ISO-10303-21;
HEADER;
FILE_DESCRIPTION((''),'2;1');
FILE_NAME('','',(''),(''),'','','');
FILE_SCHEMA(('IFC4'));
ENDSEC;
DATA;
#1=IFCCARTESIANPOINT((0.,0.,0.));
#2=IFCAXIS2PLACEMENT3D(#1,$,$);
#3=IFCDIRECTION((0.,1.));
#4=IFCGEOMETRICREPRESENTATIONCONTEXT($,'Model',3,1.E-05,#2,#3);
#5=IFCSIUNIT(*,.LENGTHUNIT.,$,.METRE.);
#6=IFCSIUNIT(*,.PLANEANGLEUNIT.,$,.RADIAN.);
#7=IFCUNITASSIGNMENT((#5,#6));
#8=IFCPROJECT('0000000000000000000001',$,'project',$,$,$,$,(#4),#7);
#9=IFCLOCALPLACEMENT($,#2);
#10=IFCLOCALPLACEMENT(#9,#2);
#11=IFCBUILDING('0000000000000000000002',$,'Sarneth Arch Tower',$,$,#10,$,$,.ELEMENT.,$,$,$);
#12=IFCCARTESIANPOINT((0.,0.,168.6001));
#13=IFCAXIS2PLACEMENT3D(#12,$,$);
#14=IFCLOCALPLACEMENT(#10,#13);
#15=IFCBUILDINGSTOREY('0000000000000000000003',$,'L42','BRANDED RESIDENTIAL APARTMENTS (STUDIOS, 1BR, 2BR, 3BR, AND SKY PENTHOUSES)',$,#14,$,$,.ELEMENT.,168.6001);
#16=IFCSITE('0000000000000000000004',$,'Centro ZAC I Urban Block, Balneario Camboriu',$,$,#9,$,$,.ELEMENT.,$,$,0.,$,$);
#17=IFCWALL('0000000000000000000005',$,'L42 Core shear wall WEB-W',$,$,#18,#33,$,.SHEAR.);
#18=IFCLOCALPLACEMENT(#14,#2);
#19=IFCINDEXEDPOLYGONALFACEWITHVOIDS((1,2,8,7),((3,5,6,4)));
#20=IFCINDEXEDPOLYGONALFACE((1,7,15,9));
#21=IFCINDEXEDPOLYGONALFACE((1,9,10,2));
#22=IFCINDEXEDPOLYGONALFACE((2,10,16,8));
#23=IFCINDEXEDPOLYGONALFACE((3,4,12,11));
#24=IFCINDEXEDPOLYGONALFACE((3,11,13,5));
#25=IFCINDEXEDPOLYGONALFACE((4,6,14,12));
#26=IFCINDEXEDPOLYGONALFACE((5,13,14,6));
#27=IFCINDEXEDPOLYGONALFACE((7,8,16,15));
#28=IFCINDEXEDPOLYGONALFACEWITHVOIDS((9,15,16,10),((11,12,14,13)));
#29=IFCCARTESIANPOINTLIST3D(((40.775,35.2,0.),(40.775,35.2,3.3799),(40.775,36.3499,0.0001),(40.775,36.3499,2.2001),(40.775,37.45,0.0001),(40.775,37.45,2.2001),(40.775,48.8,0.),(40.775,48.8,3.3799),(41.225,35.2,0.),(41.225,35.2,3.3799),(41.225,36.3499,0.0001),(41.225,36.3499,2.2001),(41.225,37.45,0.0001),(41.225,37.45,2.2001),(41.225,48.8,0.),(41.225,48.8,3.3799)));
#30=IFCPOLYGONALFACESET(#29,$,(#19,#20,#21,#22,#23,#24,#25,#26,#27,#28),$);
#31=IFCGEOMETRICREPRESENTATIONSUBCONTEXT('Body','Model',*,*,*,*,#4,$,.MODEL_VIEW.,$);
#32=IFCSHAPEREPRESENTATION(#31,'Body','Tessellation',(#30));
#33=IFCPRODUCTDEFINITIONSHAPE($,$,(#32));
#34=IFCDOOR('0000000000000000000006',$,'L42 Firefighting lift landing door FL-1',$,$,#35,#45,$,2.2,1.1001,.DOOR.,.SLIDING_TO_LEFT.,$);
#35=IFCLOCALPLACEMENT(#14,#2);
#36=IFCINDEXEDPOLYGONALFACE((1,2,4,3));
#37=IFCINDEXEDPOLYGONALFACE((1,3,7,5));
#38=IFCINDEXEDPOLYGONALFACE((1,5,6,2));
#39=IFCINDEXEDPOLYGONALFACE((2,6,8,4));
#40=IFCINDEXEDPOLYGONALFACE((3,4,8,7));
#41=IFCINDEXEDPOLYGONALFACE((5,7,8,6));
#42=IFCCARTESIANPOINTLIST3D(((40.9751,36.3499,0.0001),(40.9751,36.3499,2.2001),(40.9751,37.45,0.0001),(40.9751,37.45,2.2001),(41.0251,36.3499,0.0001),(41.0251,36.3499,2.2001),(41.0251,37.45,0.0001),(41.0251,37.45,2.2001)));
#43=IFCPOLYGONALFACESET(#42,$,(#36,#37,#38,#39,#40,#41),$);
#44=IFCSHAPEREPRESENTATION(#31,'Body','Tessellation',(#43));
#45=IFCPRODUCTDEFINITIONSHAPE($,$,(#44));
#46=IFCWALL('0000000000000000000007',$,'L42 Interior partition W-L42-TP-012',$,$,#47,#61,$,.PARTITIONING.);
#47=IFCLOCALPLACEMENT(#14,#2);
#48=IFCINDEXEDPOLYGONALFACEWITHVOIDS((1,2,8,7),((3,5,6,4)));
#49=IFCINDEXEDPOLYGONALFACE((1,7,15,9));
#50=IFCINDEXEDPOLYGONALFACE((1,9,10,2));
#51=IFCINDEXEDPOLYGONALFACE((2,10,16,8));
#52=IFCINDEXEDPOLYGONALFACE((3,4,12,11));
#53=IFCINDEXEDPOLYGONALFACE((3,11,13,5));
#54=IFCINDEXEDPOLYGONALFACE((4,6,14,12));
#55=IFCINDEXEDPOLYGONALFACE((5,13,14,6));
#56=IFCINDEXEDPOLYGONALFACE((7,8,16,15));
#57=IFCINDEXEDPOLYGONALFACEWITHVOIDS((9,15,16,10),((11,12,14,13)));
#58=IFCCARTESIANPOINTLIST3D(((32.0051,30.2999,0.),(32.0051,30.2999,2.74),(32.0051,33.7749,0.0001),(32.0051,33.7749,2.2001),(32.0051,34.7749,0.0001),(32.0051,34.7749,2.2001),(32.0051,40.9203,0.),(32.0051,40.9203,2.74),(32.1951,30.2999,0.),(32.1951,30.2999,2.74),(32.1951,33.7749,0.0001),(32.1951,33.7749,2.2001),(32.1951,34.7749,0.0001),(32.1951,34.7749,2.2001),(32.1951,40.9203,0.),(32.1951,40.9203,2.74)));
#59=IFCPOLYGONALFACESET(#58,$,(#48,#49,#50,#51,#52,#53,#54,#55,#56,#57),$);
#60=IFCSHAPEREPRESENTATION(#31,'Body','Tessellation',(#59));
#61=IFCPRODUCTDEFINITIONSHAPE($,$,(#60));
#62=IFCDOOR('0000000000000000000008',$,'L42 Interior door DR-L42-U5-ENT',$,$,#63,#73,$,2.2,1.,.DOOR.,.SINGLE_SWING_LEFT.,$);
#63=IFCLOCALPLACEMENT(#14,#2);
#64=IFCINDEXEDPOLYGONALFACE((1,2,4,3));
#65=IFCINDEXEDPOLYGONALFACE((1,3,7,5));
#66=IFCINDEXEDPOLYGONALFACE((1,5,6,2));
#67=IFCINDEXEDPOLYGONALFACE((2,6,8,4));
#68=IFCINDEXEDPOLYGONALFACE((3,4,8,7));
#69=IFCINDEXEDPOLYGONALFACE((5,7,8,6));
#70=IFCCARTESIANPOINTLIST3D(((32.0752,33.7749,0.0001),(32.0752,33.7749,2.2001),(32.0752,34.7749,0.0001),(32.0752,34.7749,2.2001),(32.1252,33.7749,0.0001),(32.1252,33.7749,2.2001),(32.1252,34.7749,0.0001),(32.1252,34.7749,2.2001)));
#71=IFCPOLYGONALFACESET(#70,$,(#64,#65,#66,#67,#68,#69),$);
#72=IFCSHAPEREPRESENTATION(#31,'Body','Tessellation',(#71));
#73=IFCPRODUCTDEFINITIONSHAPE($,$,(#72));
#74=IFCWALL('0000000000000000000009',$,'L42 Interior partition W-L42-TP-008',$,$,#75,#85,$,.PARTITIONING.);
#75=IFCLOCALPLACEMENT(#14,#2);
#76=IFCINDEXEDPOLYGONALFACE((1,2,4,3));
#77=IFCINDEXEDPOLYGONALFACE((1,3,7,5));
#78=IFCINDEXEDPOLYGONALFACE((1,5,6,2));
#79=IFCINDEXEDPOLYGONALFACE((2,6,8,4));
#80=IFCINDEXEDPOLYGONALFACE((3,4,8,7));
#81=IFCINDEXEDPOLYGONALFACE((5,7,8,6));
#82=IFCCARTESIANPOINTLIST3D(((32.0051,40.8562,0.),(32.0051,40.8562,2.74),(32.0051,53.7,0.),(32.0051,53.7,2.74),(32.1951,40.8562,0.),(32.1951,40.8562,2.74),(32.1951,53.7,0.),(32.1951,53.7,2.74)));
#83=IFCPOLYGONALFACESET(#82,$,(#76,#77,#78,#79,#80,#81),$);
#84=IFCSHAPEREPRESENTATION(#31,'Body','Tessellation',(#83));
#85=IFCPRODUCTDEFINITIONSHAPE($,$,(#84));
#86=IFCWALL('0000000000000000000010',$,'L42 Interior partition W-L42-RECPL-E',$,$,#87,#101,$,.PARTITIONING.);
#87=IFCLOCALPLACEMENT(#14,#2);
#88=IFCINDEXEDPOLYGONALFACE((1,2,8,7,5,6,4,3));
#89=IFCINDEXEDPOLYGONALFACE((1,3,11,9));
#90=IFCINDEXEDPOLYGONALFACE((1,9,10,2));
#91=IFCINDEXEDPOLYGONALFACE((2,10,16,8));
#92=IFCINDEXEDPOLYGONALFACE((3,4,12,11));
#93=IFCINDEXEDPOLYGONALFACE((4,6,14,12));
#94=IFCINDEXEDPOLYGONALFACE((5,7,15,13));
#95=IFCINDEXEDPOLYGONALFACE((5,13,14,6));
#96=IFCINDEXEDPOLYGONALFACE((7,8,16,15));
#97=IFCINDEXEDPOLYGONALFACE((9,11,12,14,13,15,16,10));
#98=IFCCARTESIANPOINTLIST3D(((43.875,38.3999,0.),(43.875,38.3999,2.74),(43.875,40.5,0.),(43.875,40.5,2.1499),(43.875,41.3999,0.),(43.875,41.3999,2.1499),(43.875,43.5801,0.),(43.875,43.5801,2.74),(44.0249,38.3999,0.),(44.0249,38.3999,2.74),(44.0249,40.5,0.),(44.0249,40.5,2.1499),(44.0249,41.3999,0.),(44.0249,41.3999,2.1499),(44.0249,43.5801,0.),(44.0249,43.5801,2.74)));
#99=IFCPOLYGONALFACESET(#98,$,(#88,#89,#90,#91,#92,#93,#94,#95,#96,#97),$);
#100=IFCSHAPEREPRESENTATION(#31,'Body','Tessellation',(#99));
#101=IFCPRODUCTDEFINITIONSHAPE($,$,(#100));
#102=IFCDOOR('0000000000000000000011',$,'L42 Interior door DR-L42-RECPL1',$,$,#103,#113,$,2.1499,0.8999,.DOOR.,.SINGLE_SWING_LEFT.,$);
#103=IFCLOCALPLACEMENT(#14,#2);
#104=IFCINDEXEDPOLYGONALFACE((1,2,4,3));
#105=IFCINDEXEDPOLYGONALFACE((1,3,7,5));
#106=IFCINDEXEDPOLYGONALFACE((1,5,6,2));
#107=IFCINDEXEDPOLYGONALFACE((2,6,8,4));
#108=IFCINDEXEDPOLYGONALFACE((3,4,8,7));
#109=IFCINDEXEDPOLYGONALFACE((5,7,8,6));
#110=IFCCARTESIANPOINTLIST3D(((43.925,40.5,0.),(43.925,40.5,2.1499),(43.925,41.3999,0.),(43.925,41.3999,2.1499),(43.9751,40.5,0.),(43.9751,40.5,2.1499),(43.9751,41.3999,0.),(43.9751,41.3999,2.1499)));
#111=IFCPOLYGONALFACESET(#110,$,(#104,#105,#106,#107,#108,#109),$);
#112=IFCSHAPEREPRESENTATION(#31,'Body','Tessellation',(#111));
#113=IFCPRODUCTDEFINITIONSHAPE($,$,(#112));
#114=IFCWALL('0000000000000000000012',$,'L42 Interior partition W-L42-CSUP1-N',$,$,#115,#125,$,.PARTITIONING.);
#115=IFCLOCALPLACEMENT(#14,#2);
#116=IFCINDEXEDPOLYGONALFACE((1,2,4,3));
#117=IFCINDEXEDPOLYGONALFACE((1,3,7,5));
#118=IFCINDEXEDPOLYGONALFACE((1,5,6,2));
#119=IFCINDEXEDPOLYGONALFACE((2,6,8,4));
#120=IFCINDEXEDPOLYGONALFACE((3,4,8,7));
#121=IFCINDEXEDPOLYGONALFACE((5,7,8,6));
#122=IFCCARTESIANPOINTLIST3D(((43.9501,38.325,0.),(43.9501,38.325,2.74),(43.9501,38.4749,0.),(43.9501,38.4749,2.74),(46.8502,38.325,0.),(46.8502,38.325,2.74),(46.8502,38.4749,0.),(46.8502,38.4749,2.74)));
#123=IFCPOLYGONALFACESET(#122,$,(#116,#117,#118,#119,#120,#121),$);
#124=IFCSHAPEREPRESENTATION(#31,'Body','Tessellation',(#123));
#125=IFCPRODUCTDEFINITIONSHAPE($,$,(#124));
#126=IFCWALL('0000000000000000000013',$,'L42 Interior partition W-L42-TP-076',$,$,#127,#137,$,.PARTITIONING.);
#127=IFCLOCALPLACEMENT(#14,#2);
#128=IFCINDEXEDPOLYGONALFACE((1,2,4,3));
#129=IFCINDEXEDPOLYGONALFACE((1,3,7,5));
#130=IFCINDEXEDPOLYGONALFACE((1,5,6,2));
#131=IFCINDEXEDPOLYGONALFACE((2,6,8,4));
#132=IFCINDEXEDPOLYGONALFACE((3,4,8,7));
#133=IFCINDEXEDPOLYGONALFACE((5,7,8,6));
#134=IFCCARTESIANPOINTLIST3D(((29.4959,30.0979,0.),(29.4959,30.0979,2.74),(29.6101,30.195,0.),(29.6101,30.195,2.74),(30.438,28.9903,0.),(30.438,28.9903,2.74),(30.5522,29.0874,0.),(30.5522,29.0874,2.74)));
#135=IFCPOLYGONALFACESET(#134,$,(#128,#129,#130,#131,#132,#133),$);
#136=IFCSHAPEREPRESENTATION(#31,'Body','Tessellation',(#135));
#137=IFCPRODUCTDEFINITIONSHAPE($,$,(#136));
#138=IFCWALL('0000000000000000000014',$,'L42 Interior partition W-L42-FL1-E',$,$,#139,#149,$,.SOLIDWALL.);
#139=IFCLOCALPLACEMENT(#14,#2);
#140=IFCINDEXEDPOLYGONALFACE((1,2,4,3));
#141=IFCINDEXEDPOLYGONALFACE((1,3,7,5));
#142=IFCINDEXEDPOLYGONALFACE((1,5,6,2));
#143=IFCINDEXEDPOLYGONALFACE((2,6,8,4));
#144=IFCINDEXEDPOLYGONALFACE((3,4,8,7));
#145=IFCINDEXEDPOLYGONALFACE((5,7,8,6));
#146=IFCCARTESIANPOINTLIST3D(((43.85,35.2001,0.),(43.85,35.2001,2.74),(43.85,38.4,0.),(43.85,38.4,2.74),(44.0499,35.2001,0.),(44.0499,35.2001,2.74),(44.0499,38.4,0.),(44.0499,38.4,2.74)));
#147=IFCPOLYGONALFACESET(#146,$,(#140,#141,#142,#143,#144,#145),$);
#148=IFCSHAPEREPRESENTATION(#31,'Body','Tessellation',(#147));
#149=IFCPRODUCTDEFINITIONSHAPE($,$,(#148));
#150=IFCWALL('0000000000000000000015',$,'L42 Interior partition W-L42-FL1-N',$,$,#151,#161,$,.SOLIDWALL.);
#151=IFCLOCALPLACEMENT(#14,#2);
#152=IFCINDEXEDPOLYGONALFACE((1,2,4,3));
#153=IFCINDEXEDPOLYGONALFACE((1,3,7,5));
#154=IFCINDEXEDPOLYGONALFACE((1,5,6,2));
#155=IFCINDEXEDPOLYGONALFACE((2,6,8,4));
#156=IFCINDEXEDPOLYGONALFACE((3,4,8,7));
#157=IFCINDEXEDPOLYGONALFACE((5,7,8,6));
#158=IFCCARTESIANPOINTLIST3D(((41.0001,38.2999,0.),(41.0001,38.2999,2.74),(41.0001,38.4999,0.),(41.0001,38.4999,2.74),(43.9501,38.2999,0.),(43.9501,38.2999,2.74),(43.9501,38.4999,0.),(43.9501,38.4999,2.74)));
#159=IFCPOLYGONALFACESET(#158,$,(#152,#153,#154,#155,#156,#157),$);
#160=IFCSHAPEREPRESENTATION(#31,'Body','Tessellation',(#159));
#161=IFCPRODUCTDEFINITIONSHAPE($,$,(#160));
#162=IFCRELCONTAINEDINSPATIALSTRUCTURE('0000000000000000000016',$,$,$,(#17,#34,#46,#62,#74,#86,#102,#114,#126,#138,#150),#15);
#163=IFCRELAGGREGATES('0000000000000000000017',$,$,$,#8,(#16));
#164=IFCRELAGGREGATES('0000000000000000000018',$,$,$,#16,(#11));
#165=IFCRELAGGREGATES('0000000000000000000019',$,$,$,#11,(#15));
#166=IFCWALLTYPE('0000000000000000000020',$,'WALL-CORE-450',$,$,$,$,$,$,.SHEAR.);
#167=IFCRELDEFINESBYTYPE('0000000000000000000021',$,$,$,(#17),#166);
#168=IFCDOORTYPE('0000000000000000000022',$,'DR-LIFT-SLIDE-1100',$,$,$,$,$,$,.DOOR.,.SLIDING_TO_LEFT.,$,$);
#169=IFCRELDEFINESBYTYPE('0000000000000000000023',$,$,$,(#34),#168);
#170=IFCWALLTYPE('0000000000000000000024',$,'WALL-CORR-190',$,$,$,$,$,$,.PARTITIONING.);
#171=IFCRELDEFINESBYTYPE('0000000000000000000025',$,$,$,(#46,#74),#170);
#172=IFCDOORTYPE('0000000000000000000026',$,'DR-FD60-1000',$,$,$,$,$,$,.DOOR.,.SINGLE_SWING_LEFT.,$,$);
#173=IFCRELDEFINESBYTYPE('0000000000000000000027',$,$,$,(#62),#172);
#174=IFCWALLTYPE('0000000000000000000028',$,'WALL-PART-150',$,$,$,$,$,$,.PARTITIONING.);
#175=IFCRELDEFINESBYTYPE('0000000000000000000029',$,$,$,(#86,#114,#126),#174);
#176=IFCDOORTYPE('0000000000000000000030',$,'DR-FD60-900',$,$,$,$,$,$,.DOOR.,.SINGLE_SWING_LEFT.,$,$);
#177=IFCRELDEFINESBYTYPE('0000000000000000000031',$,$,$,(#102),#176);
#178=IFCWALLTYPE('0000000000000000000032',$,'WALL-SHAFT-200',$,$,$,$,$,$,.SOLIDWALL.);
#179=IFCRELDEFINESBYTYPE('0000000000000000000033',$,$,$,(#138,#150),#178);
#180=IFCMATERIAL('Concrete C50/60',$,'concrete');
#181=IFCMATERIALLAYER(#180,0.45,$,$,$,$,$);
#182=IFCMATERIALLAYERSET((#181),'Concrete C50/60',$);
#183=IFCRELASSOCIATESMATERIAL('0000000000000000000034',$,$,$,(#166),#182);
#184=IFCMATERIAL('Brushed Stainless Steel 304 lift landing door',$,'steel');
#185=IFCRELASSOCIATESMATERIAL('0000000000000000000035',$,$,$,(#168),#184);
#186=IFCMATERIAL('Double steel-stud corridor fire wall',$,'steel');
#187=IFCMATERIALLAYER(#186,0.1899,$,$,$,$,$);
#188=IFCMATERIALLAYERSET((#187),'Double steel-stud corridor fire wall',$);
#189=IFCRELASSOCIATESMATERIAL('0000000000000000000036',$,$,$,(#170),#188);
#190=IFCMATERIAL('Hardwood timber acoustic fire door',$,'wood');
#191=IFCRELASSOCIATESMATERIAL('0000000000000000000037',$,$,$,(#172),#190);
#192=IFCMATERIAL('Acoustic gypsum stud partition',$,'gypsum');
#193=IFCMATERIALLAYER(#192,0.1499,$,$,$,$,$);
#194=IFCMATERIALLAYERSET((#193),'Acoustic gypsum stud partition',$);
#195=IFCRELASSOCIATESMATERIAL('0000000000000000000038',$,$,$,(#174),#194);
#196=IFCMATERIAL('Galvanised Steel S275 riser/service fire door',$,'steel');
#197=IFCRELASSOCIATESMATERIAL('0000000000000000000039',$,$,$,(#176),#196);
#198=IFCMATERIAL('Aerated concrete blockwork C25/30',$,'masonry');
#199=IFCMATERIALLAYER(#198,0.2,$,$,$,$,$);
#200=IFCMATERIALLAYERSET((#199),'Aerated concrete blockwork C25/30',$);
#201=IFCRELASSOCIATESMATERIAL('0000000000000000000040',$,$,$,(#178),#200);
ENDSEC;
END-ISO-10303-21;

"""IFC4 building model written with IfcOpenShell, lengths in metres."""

from ifc_helpers import new_model, si_unit, direction, frame, frame_2d, origin, place, context, subcontext, project, spatial, rectangle, extrude, material, layer, layer_set, type_object, element, fill, save


model = new_model("IFC4")

# Units and contexts
model_context = context("Model", 3, precision=1e-05, world=origin(), true_north=direction((0.0, 1.0)))
body_context = subcontext(model_context, "Body", "Model", "MODEL_VIEW")
ifc_project = project(units=[si_unit("LENGTHUNIT", "METRE"), si_unit("PLANEANGLEUNIT", "RADIAN")], contexts=[model_context])

# Site, building, storey
site_placement = place(None, origin())
site = spatial("IfcSite", under=ifc_project, at=site_placement, Name="Centro ZAC I Urban Block, Balneario Camboriu", CompositionType="ELEMENT", RefElevation=0.0)
building_placement = place(site_placement, origin())
building = spatial("IfcBuilding", under=site, at=building_placement, Name="Sarneth Arch Tower", CompositionType="ELEMENT")
storey_placement = place(building_placement, frame((0.0, 0.0, 168.6001)))
storey = spatial("IfcBuildingStorey", under=building, at=storey_placement, Name="L42", Description="BRANDED RESIDENTIAL APARTMENTS (STUDIOS, 1BR, 2BR, 3BR, AND SKY PENTHOUSES)", CompositionType="ELEMENT", Elevation=168.6001)

# Shared definitions
ifc_material_1 = material(Name="Concrete C50/60", Category="concrete")
ifc_layer_1 = layer(ifc_material_1, 0.45)
ifc_layer_set_1 = layer_set([ifc_layer_1], Name="Concrete C50/60")
wall_type_1 = type_object("IfcWallType", Name="WALL-CORE-450", PredefinedType="SHEAR", material=ifc_layer_set_1)

# Walls, openings, doors
wall_1_placement = place(storey_placement, frame((41.0, 35.2, 0.0), z_axis=(0.0, 0.0, 1.0), x_axis=(0.0, 1.0, 0.0)))
wall_1 = element("IfcWall", 1, at=wall_1_placement, inside=storey, type_object=wall_type_1, Name="L42 Core shear wall WEB-W", PredefinedType="SHEAR", context=body_context, shape_type="SweptSolid", body=[
    extrude(rectangle(XDim=13.6001, YDim=0.45, at=frame_2d((6.8, 0.0))), origin(), (0.0, 0.0, 1.0), 3.3799),
])
opening_1_placement = place(wall_1_placement, frame((1.1499, 0.0, 0.0)))
opening_1 = element("IfcOpeningElement", 2, at=opening_1_placement, cuts=wall_1, PredefinedType="OPENING", context=body_context, shape_type="SweptSolid", body=[
    extrude(rectangle(XDim=1.1001, YDim=2.2, at=frame_2d((0.55, 1.1001))), frame((0.0, 0.2349, 0.0), z_axis=(0.0, -1.0, 0.0), x_axis=(1.0, 0.0, 0.0)), (0.0, 0.0, 1.0), 0.47),
])
ifc_material_2 = material(Name="Brushed Stainless Steel 304 lift landing door", Category="steel")
door_type_1 = type_object("IfcDoorType", Name="DR-LIFT-SLIDE-1100", OperationType="SLIDING_TO_LEFT", PredefinedType="DOOR", material=ifc_material_2)
door_1_placement = place(opening_1_placement, origin())
door_1 = element("IfcDoor", 3, at=door_1_placement, inside=storey, type_object=door_type_1, Name="L42 Firefighting lift landing door FL-1", OperationType="SLIDING_TO_LEFT", OverallHeight=2.2, OverallWidth=1.1001, PredefinedType="DOOR", context=body_context, shape_type="SweptSolid", body=[
    extrude(rectangle(XDim=1.1001, YDim=2.2, at=frame_2d((0.55, 1.1001))), frame((0.0, 0.0249, 0.0), z_axis=(0.0, -1.0, 0.0), x_axis=(1.0, 0.0, 0.0)), (0.0, 0.0, 1.0), 0.05),
])
fill(opening_1, door_1)
ifc_material_3 = material(Name="Double steel-stud corridor fire wall", Category="steel")
ifc_layer_2 = layer(ifc_material_3, 0.1899)
ifc_layer_set_2 = layer_set([ifc_layer_2], Name="Double steel-stud corridor fire wall")
wall_type_2 = type_object("IfcWallType", Name="WALL-CORR-190", PredefinedType="PARTITIONING", material=ifc_layer_set_2)
wall_2_placement = place(storey_placement, frame((32.1001, 30.3, 0.0), z_axis=(0.0, 0.0, 1.0), x_axis=(0.0, 1.0, 0.0)))
wall_2 = element("IfcWall", 4, at=wall_2_placement, inside=storey, type_object=wall_type_2, Name="L42 Interior partition W-L42-TP-012", PredefinedType="PARTITIONING", context=body_context, shape_type="SweptSolid", body=[
    extrude(rectangle(XDim=10.6204, YDim=0.1899, at=frame_2d((5.3101, 0.0))), origin(), (0.0, 0.0, 1.0), 2.74),
])
opening_2_placement = place(wall_2_placement, frame((3.4749, 0.0, 0.0)))
opening_2 = element("IfcOpeningElement", 5, at=opening_2_placement, cuts=wall_2, PredefinedType="OPENING", context=body_context, shape_type="SweptSolid", body=[
    extrude(rectangle(XDim=1.0, YDim=2.2, at=frame_2d((0.5, 1.1001))), frame((0.0, 0.105, 0.0), z_axis=(0.0, -1.0, 0.0), x_axis=(1.0, 0.0, 0.0)), (0.0, 0.0, 1.0), 0.21),
])
ifc_material_4 = material(Name="Hardwood timber acoustic fire door", Category="wood")
door_type_2 = type_object("IfcDoorType", Name="DR-FD60-1000", OperationType="SINGLE_SWING_LEFT", PredefinedType="DOOR", material=ifc_material_4)
door_2_placement = place(opening_2_placement, origin())
door_2 = element("IfcDoor", 6, at=door_2_placement, inside=storey, type_object=door_type_2, Name="L42 Interior door DR-L42-U5-ENT", OperationType="SINGLE_SWING_LEFT", OverallHeight=2.2, OverallWidth=1.0, PredefinedType="DOOR", context=body_context, shape_type="SweptSolid", body=[
    extrude(rectangle(XDim=1.0, YDim=2.2, at=frame_2d((0.5, 1.1001))), frame((0.0, 0.0249, 0.0), z_axis=(0.0, -1.0, 0.0), x_axis=(1.0, 0.0, 0.0)), (0.0, 0.0, 1.0), 0.05),
])
fill(opening_2, door_2)

# Wall
wall_3_placement = place(storey_placement, frame((32.1001, 40.8562, 0.0), z_axis=(0.0, 0.0, 1.0), x_axis=(0.0, 1.0, 0.0)))
element("IfcWall", 7, at=wall_3_placement, inside=storey, type_object=wall_type_2, Name="L42 Interior partition W-L42-TP-008", PredefinedType="PARTITIONING", context=body_context, shape_type="SweptSolid", body=[
    extrude(rectangle(XDim=12.8438, YDim=0.1899, at=frame_2d((6.4219, 0.0))), origin(), (0.0, 0.0, 1.0), 2.74),
])

# Wall, opening, door
ifc_material_5 = material(Name="Acoustic gypsum stud partition", Category="gypsum")
ifc_layer_3 = layer(ifc_material_5, 0.1499)
ifc_layer_set_3 = layer_set([ifc_layer_3], Name="Acoustic gypsum stud partition")
wall_type_3 = type_object("IfcWallType", Name="WALL-PART-150", PredefinedType="PARTITIONING", material=ifc_layer_set_3)
wall_4_placement = place(storey_placement, frame((43.95, 38.3999, 0.0), z_axis=(0.0, 0.0, 1.0), x_axis=(0.0, 1.0, 0.0)))
wall_4 = element("IfcWall", 8, at=wall_4_placement, inside=storey, type_object=wall_type_3, Name="L42 Interior partition W-L42-RECPL-E", PredefinedType="PARTITIONING", context=body_context, shape_type="SweptSolid", body=[
    extrude(rectangle(XDim=5.1802, YDim=0.1499, at=frame_2d((2.5901, 0.0))), origin(), (0.0, 0.0, 1.0), 2.74),
])
opening_3_placement = place(wall_4_placement, frame((2.1001, 0.0, 0.0)))
opening_3 = element("IfcOpeningElement", 9, at=opening_3_placement, cuts=wall_4, PredefinedType="OPENING", context=body_context, shape_type="SweptSolid", body=[
    extrude(rectangle(XDim=0.8999, YDim=2.1499, at=frame_2d((0.45, 1.075))), frame((0.0, 0.085, 0.0), z_axis=(0.0, -1.0, 0.0), x_axis=(1.0, 0.0, 0.0)), (0.0, 0.0, 1.0), 0.1699),
])
ifc_material_6 = material(Name="Galvanised Steel S275 riser/service fire door", Category="steel")
door_type_3 = type_object("IfcDoorType", Name="DR-FD60-900", OperationType="SINGLE_SWING_LEFT", PredefinedType="DOOR", material=ifc_material_6)
door_3_placement = place(opening_3_placement, origin())
door_3 = element("IfcDoor", 10, at=door_3_placement, inside=storey, type_object=door_type_3, Name="L42 Interior door DR-L42-RECPL1", OperationType="SINGLE_SWING_LEFT", OverallHeight=2.1499, OverallWidth=0.8999, PredefinedType="DOOR", context=body_context, shape_type="SweptSolid", body=[
    extrude(rectangle(XDim=0.8999, YDim=2.1499, at=frame_2d((0.45, 1.075))), frame((0.0, 0.0249, 0.0), z_axis=(0.0, -1.0, 0.0), x_axis=(1.0, 0.0, 0.0)), (0.0, 0.0, 1.0), 0.05),
])
fill(opening_3, door_3)

# Wall
wall_5_placement = place(storey_placement, frame((43.95, 38.3999, 0.0), z_axis=(0.0, 0.0, 1.0), x_axis=(1.0, 0.0, 0.0)))
element("IfcWall", 11, at=wall_5_placement, inside=storey, type_object=wall_type_3, Name="L42 Interior partition W-L42-CSUP1-N", PredefinedType="PARTITIONING", context=body_context, shape_type="SweptSolid", body=[
    extrude(rectangle(XDim=2.9001, YDim=0.1499, at=frame_2d((1.4502, 0.0))), origin(), (0.0, 0.0, 1.0), 2.74),
])

# Wall
wall_6_placement = place(storey_placement, frame((29.553, 30.1465, 0.0), z_axis=(0.0, 0.0, 1.0), x_axis=(0.647897, -0.761728, 0.0)))
element("IfcWall", 12, at=wall_6_placement, inside=storey, type_object=wall_type_3, Name="L42 Interior partition W-L42-TP-076", PredefinedType="PARTITIONING", context=body_context, shape_type="SweptSolid", body=[
    extrude(rectangle(XDim=1.4541, YDim=0.1499, at=frame_2d((0.7271, 0.0))), origin(), (0.0, 0.0, 1.0), 2.74),
])

# Shared definitions
ifc_material_7 = material(Name="Aerated concrete blockwork C25/30", Category="masonry")
ifc_layer_4 = layer(ifc_material_7, 0.2)
ifc_layer_set_4 = layer_set([ifc_layer_4], Name="Aerated concrete blockwork C25/30")
wall_type_4 = type_object("IfcWallType", Name="WALL-SHAFT-200", PredefinedType="SOLIDWALL", material=ifc_layer_set_4)

# Walls
wall_7_placement = place(storey_placement, frame((43.95, 35.2, 0.0), z_axis=(0.0, 0.0, 1.0), x_axis=(0.0, 1.0, 0.0)))
element("IfcWall", 13, at=wall_7_placement, inside=storey, type_object=wall_type_4, Name="L42 Interior partition W-L42-FL1-E", PredefinedType="SOLIDWALL", context=body_context, shape_type="SweptSolid", body=[
    extrude(rectangle(XDim=3.2, YDim=0.2, at=frame_2d((1.6001, 0.0))), origin(), (0.0, 0.0, 1.0), 2.74),
])
wall_8_placement = place(storey_placement, frame((41.0, 38.3999, 0.0), z_axis=(0.0, 0.0, 1.0), x_axis=(1.0, 0.0, 0.0)))
element("IfcWall", 14, at=wall_8_placement, inside=storey, type_object=wall_type_4, Name="L42 Interior partition W-L42-FL1-N", PredefinedType="SOLIDWALL", context=body_context, shape_type="SweptSolid", body=[
    extrude(rectangle(XDim=2.95, YDim=0.2, at=frame_2d((1.4751, 0.0))), origin(), (0.0, 0.0, 1.0), 2.74),
])

save(model, "model.ifc")
